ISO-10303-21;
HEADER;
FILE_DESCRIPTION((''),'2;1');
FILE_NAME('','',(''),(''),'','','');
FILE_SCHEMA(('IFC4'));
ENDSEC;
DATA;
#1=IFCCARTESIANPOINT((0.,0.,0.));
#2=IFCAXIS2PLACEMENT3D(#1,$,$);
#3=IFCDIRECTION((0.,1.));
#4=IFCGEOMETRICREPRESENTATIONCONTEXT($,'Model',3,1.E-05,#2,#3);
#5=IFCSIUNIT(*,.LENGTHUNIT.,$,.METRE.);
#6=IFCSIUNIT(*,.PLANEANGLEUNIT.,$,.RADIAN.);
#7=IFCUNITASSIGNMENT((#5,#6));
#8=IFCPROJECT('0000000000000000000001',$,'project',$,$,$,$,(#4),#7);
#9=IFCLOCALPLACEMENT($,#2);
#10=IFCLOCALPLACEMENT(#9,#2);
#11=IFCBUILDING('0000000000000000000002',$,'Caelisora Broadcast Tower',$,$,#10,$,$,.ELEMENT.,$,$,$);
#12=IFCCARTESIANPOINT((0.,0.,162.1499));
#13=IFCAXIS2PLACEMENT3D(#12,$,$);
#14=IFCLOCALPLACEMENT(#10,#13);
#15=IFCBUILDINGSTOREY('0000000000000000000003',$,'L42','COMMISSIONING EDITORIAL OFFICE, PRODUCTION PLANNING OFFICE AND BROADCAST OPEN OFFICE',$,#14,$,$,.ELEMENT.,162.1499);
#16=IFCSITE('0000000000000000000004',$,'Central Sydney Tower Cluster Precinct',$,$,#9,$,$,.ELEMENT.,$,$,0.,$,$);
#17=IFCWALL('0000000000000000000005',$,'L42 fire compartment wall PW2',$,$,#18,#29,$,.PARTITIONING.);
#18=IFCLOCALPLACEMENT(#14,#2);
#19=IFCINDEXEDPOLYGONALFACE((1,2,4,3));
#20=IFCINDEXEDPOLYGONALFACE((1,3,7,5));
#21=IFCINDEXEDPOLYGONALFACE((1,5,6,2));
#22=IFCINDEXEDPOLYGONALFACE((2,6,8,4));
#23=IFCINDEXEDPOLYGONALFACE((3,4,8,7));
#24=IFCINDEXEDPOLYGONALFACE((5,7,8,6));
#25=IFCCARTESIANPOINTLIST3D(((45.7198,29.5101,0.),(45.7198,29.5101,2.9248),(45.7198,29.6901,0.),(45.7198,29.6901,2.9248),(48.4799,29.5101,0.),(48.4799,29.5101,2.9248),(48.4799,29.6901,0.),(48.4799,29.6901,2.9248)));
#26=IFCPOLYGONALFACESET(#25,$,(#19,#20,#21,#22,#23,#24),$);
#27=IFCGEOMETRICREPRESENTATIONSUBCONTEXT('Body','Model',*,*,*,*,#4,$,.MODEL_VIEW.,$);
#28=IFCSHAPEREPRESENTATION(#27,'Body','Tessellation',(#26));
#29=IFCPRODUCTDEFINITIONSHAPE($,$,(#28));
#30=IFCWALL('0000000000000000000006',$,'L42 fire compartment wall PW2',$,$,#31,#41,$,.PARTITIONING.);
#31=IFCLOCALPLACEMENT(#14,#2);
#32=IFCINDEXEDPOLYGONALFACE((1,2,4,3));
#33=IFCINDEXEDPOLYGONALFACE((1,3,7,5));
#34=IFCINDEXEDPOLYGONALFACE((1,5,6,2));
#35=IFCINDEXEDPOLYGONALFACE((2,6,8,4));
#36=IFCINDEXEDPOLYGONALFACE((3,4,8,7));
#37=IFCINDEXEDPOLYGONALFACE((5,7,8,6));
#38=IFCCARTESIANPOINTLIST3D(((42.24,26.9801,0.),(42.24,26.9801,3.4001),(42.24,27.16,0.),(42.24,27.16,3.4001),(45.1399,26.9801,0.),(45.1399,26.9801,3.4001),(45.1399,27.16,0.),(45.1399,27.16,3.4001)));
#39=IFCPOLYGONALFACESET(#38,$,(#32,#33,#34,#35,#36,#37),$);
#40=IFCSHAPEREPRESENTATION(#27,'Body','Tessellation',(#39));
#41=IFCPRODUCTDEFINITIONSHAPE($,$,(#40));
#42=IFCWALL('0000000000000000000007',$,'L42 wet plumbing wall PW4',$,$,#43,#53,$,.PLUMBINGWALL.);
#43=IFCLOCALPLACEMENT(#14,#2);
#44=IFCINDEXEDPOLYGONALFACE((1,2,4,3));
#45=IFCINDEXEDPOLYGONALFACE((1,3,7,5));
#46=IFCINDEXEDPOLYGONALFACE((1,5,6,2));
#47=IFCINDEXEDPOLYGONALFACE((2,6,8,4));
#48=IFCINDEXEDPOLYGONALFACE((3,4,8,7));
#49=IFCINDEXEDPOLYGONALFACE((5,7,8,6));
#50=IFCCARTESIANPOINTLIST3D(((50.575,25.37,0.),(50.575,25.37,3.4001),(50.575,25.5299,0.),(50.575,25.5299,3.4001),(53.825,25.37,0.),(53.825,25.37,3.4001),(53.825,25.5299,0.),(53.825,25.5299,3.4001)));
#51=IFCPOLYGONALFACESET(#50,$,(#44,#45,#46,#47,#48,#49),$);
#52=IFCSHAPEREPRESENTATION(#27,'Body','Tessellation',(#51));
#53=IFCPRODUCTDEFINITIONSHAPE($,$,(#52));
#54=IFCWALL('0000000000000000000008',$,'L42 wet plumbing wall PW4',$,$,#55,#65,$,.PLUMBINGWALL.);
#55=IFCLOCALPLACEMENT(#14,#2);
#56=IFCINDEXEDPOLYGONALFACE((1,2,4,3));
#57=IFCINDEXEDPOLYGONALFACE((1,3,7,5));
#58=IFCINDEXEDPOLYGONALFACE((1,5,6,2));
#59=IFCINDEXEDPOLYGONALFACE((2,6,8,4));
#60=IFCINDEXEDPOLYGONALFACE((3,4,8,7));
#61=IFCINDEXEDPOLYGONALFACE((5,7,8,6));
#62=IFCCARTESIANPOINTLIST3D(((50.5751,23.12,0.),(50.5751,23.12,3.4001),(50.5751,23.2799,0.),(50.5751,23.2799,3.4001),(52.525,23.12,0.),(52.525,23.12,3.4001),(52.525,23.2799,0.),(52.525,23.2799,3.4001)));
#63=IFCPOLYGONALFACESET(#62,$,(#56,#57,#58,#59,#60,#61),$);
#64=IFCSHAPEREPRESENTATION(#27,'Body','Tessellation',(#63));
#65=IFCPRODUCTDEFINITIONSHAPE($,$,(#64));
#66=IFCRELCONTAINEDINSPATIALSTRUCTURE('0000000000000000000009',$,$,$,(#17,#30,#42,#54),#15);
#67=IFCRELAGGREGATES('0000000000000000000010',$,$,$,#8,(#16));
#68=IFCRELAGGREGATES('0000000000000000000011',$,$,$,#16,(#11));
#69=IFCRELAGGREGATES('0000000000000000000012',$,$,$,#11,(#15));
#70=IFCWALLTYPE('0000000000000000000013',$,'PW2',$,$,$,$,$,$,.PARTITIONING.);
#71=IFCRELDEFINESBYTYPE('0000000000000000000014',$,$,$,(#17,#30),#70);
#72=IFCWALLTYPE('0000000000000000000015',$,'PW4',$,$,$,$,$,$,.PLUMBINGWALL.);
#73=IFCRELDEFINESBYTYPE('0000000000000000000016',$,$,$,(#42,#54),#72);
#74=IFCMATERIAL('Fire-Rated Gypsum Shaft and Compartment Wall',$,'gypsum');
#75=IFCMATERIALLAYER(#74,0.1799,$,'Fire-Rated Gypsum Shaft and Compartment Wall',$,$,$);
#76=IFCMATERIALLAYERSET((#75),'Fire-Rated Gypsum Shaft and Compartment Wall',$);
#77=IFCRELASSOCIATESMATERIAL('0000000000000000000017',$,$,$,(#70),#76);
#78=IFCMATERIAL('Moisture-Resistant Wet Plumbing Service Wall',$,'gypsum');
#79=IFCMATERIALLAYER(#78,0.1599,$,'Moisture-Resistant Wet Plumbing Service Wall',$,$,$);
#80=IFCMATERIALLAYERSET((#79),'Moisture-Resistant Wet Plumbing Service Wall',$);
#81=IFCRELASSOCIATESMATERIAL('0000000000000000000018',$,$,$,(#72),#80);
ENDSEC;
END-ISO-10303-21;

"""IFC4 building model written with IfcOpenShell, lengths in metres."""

from ifc_helpers import new_model, si_unit, direction, frame, frame_2d, origin, place, context, subcontext, project, spatial, rectangle, extrude, material, layer, layer_set, type_object, element, save


model = new_model("IFC4")

# Units and contexts
model_context = context("Model", 3, precision=1e-05, world=origin(), true_north=direction((0.0, 1.0)))
body_context = subcontext(model_context, "Body", "Model", "MODEL_VIEW")
ifc_project = project(units=[si_unit("LENGTHUNIT", "METRE"), si_unit("PLANEANGLEUNIT", "RADIAN")], contexts=[model_context])

# Site, building, storey
site_placement = place(None, origin())
site = spatial("IfcSite", under=ifc_project, at=site_placement, Name="Central Sydney Tower Cluster Precinct", CompositionType="ELEMENT", RefElevation=0.0)
building_placement = place(site_placement, origin())
building = spatial("IfcBuilding", under=site, at=building_placement, Name="Caelisora Broadcast Tower", CompositionType="ELEMENT")
storey_placement = place(building_placement, frame((0.0, 0.0, 162.1499)))
storey = spatial("IfcBuildingStorey", under=building, at=storey_placement, Name="L42", Description="COMMISSIONING EDITORIAL OFFICE, PRODUCTION PLANNING OFFICE AND BROADCAST OPEN OFFICE", CompositionType="ELEMENT", Elevation=162.1499)

# Shared definitions
ifc_material_1 = material(Name="Fire-Rated Gypsum Shaft and Compartment Wall", Category="gypsum")
ifc_layer_1 = layer(ifc_material_1, 0.1799, Name="Fire-Rated Gypsum Shaft and Compartment Wall")
ifc_layer_set_1 = layer_set([ifc_layer_1], Name="Fire-Rated Gypsum Shaft and Compartment Wall")
wall_type_1 = type_object("IfcWallType", Name="PW2", PredefinedType="PARTITIONING", material=ifc_layer_set_1)

# Walls
wall_1_placement = place(storey_placement, frame((45.72, 29.6001, 0.0), z_axis=(0.0, 0.0, 1.0), x_axis=(1.0, 0.0, 0.0)))
element("IfcWall", 1, at=wall_1_placement, inside=storey, type_object=wall_type_1, Name="L42 fire compartment wall PW2", PredefinedType="PARTITIONING", context=body_context, shape_type="SweptSolid", body=[
    extrude(rectangle(XDim=2.76, YDim=0.1799, at=frame_2d((1.3799, 0.0))), origin(), (0.0, 0.0, 1.0), 2.9248),
])
wall_2_placement = place(storey_placement, frame((42.24, 27.0701, 0.0), z_axis=(0.0, 0.0, 1.0), x_axis=(1.0, 0.0, 0.0)))
element("IfcWall", 2, at=wall_2_placement, inside=storey, type_object=wall_type_1, Name="L42 fire compartment wall PW2", PredefinedType="PARTITIONING", context=body_context, shape_type="SweptSolid", body=[
    extrude(rectangle(XDim=2.8999, YDim=0.1799, at=frame_2d((1.45, 0.0))), origin(), (0.0, 0.0, 1.0), 3.4001),
])
ifc_material_2 = material(Name="Moisture-Resistant Wet Plumbing Service Wall", Category="gypsum")
ifc_layer_2 = layer(ifc_material_2, 0.1599, Name="Moisture-Resistant Wet Plumbing Service Wall")
ifc_layer_set_2 = layer_set([ifc_layer_2], Name="Moisture-Resistant Wet Plumbing Service Wall")
wall_type_2 = type_object("IfcWallType", Name="PW4", PredefinedType="PLUMBINGWALL", material=ifc_layer_set_2)
wall_3_placement = place(storey_placement, frame((50.575, 25.45, 0.0), z_axis=(0.0, 0.0, 1.0), x_axis=(1.0, 0.0, 0.0)))
element("IfcWall", 3, at=wall_3_placement, inside=storey, type_object=wall_type_2, Name="L42 wet plumbing wall PW4", PredefinedType="PLUMBINGWALL", context=body_context, shape_type="SweptSolid", body=[
    extrude(rectangle(XDim=3.25, YDim=0.1599, at=frame_2d((1.625, 0.0))), origin(), (0.0, 0.0, 1.0), 3.4001),
])
wall_4_placement = place(storey_placement, frame((50.575, 23.2, 0.0), z_axis=(0.0, 0.0, 1.0), x_axis=(1.0, 0.0, 0.0)))
element("IfcWall", 4, at=wall_4_placement, inside=storey, type_object=wall_type_2, Name="L42 wet plumbing wall PW4", PredefinedType="PLUMBINGWALL", context=body_context, shape_type="SweptSolid", body=[
    extrude(rectangle(XDim=1.95, YDim=0.1599, at=frame_2d((0.9751, 0.0))), origin(), (0.0, 0.0, 1.0), 3.4001),
])

save(model, "model.ifc")
